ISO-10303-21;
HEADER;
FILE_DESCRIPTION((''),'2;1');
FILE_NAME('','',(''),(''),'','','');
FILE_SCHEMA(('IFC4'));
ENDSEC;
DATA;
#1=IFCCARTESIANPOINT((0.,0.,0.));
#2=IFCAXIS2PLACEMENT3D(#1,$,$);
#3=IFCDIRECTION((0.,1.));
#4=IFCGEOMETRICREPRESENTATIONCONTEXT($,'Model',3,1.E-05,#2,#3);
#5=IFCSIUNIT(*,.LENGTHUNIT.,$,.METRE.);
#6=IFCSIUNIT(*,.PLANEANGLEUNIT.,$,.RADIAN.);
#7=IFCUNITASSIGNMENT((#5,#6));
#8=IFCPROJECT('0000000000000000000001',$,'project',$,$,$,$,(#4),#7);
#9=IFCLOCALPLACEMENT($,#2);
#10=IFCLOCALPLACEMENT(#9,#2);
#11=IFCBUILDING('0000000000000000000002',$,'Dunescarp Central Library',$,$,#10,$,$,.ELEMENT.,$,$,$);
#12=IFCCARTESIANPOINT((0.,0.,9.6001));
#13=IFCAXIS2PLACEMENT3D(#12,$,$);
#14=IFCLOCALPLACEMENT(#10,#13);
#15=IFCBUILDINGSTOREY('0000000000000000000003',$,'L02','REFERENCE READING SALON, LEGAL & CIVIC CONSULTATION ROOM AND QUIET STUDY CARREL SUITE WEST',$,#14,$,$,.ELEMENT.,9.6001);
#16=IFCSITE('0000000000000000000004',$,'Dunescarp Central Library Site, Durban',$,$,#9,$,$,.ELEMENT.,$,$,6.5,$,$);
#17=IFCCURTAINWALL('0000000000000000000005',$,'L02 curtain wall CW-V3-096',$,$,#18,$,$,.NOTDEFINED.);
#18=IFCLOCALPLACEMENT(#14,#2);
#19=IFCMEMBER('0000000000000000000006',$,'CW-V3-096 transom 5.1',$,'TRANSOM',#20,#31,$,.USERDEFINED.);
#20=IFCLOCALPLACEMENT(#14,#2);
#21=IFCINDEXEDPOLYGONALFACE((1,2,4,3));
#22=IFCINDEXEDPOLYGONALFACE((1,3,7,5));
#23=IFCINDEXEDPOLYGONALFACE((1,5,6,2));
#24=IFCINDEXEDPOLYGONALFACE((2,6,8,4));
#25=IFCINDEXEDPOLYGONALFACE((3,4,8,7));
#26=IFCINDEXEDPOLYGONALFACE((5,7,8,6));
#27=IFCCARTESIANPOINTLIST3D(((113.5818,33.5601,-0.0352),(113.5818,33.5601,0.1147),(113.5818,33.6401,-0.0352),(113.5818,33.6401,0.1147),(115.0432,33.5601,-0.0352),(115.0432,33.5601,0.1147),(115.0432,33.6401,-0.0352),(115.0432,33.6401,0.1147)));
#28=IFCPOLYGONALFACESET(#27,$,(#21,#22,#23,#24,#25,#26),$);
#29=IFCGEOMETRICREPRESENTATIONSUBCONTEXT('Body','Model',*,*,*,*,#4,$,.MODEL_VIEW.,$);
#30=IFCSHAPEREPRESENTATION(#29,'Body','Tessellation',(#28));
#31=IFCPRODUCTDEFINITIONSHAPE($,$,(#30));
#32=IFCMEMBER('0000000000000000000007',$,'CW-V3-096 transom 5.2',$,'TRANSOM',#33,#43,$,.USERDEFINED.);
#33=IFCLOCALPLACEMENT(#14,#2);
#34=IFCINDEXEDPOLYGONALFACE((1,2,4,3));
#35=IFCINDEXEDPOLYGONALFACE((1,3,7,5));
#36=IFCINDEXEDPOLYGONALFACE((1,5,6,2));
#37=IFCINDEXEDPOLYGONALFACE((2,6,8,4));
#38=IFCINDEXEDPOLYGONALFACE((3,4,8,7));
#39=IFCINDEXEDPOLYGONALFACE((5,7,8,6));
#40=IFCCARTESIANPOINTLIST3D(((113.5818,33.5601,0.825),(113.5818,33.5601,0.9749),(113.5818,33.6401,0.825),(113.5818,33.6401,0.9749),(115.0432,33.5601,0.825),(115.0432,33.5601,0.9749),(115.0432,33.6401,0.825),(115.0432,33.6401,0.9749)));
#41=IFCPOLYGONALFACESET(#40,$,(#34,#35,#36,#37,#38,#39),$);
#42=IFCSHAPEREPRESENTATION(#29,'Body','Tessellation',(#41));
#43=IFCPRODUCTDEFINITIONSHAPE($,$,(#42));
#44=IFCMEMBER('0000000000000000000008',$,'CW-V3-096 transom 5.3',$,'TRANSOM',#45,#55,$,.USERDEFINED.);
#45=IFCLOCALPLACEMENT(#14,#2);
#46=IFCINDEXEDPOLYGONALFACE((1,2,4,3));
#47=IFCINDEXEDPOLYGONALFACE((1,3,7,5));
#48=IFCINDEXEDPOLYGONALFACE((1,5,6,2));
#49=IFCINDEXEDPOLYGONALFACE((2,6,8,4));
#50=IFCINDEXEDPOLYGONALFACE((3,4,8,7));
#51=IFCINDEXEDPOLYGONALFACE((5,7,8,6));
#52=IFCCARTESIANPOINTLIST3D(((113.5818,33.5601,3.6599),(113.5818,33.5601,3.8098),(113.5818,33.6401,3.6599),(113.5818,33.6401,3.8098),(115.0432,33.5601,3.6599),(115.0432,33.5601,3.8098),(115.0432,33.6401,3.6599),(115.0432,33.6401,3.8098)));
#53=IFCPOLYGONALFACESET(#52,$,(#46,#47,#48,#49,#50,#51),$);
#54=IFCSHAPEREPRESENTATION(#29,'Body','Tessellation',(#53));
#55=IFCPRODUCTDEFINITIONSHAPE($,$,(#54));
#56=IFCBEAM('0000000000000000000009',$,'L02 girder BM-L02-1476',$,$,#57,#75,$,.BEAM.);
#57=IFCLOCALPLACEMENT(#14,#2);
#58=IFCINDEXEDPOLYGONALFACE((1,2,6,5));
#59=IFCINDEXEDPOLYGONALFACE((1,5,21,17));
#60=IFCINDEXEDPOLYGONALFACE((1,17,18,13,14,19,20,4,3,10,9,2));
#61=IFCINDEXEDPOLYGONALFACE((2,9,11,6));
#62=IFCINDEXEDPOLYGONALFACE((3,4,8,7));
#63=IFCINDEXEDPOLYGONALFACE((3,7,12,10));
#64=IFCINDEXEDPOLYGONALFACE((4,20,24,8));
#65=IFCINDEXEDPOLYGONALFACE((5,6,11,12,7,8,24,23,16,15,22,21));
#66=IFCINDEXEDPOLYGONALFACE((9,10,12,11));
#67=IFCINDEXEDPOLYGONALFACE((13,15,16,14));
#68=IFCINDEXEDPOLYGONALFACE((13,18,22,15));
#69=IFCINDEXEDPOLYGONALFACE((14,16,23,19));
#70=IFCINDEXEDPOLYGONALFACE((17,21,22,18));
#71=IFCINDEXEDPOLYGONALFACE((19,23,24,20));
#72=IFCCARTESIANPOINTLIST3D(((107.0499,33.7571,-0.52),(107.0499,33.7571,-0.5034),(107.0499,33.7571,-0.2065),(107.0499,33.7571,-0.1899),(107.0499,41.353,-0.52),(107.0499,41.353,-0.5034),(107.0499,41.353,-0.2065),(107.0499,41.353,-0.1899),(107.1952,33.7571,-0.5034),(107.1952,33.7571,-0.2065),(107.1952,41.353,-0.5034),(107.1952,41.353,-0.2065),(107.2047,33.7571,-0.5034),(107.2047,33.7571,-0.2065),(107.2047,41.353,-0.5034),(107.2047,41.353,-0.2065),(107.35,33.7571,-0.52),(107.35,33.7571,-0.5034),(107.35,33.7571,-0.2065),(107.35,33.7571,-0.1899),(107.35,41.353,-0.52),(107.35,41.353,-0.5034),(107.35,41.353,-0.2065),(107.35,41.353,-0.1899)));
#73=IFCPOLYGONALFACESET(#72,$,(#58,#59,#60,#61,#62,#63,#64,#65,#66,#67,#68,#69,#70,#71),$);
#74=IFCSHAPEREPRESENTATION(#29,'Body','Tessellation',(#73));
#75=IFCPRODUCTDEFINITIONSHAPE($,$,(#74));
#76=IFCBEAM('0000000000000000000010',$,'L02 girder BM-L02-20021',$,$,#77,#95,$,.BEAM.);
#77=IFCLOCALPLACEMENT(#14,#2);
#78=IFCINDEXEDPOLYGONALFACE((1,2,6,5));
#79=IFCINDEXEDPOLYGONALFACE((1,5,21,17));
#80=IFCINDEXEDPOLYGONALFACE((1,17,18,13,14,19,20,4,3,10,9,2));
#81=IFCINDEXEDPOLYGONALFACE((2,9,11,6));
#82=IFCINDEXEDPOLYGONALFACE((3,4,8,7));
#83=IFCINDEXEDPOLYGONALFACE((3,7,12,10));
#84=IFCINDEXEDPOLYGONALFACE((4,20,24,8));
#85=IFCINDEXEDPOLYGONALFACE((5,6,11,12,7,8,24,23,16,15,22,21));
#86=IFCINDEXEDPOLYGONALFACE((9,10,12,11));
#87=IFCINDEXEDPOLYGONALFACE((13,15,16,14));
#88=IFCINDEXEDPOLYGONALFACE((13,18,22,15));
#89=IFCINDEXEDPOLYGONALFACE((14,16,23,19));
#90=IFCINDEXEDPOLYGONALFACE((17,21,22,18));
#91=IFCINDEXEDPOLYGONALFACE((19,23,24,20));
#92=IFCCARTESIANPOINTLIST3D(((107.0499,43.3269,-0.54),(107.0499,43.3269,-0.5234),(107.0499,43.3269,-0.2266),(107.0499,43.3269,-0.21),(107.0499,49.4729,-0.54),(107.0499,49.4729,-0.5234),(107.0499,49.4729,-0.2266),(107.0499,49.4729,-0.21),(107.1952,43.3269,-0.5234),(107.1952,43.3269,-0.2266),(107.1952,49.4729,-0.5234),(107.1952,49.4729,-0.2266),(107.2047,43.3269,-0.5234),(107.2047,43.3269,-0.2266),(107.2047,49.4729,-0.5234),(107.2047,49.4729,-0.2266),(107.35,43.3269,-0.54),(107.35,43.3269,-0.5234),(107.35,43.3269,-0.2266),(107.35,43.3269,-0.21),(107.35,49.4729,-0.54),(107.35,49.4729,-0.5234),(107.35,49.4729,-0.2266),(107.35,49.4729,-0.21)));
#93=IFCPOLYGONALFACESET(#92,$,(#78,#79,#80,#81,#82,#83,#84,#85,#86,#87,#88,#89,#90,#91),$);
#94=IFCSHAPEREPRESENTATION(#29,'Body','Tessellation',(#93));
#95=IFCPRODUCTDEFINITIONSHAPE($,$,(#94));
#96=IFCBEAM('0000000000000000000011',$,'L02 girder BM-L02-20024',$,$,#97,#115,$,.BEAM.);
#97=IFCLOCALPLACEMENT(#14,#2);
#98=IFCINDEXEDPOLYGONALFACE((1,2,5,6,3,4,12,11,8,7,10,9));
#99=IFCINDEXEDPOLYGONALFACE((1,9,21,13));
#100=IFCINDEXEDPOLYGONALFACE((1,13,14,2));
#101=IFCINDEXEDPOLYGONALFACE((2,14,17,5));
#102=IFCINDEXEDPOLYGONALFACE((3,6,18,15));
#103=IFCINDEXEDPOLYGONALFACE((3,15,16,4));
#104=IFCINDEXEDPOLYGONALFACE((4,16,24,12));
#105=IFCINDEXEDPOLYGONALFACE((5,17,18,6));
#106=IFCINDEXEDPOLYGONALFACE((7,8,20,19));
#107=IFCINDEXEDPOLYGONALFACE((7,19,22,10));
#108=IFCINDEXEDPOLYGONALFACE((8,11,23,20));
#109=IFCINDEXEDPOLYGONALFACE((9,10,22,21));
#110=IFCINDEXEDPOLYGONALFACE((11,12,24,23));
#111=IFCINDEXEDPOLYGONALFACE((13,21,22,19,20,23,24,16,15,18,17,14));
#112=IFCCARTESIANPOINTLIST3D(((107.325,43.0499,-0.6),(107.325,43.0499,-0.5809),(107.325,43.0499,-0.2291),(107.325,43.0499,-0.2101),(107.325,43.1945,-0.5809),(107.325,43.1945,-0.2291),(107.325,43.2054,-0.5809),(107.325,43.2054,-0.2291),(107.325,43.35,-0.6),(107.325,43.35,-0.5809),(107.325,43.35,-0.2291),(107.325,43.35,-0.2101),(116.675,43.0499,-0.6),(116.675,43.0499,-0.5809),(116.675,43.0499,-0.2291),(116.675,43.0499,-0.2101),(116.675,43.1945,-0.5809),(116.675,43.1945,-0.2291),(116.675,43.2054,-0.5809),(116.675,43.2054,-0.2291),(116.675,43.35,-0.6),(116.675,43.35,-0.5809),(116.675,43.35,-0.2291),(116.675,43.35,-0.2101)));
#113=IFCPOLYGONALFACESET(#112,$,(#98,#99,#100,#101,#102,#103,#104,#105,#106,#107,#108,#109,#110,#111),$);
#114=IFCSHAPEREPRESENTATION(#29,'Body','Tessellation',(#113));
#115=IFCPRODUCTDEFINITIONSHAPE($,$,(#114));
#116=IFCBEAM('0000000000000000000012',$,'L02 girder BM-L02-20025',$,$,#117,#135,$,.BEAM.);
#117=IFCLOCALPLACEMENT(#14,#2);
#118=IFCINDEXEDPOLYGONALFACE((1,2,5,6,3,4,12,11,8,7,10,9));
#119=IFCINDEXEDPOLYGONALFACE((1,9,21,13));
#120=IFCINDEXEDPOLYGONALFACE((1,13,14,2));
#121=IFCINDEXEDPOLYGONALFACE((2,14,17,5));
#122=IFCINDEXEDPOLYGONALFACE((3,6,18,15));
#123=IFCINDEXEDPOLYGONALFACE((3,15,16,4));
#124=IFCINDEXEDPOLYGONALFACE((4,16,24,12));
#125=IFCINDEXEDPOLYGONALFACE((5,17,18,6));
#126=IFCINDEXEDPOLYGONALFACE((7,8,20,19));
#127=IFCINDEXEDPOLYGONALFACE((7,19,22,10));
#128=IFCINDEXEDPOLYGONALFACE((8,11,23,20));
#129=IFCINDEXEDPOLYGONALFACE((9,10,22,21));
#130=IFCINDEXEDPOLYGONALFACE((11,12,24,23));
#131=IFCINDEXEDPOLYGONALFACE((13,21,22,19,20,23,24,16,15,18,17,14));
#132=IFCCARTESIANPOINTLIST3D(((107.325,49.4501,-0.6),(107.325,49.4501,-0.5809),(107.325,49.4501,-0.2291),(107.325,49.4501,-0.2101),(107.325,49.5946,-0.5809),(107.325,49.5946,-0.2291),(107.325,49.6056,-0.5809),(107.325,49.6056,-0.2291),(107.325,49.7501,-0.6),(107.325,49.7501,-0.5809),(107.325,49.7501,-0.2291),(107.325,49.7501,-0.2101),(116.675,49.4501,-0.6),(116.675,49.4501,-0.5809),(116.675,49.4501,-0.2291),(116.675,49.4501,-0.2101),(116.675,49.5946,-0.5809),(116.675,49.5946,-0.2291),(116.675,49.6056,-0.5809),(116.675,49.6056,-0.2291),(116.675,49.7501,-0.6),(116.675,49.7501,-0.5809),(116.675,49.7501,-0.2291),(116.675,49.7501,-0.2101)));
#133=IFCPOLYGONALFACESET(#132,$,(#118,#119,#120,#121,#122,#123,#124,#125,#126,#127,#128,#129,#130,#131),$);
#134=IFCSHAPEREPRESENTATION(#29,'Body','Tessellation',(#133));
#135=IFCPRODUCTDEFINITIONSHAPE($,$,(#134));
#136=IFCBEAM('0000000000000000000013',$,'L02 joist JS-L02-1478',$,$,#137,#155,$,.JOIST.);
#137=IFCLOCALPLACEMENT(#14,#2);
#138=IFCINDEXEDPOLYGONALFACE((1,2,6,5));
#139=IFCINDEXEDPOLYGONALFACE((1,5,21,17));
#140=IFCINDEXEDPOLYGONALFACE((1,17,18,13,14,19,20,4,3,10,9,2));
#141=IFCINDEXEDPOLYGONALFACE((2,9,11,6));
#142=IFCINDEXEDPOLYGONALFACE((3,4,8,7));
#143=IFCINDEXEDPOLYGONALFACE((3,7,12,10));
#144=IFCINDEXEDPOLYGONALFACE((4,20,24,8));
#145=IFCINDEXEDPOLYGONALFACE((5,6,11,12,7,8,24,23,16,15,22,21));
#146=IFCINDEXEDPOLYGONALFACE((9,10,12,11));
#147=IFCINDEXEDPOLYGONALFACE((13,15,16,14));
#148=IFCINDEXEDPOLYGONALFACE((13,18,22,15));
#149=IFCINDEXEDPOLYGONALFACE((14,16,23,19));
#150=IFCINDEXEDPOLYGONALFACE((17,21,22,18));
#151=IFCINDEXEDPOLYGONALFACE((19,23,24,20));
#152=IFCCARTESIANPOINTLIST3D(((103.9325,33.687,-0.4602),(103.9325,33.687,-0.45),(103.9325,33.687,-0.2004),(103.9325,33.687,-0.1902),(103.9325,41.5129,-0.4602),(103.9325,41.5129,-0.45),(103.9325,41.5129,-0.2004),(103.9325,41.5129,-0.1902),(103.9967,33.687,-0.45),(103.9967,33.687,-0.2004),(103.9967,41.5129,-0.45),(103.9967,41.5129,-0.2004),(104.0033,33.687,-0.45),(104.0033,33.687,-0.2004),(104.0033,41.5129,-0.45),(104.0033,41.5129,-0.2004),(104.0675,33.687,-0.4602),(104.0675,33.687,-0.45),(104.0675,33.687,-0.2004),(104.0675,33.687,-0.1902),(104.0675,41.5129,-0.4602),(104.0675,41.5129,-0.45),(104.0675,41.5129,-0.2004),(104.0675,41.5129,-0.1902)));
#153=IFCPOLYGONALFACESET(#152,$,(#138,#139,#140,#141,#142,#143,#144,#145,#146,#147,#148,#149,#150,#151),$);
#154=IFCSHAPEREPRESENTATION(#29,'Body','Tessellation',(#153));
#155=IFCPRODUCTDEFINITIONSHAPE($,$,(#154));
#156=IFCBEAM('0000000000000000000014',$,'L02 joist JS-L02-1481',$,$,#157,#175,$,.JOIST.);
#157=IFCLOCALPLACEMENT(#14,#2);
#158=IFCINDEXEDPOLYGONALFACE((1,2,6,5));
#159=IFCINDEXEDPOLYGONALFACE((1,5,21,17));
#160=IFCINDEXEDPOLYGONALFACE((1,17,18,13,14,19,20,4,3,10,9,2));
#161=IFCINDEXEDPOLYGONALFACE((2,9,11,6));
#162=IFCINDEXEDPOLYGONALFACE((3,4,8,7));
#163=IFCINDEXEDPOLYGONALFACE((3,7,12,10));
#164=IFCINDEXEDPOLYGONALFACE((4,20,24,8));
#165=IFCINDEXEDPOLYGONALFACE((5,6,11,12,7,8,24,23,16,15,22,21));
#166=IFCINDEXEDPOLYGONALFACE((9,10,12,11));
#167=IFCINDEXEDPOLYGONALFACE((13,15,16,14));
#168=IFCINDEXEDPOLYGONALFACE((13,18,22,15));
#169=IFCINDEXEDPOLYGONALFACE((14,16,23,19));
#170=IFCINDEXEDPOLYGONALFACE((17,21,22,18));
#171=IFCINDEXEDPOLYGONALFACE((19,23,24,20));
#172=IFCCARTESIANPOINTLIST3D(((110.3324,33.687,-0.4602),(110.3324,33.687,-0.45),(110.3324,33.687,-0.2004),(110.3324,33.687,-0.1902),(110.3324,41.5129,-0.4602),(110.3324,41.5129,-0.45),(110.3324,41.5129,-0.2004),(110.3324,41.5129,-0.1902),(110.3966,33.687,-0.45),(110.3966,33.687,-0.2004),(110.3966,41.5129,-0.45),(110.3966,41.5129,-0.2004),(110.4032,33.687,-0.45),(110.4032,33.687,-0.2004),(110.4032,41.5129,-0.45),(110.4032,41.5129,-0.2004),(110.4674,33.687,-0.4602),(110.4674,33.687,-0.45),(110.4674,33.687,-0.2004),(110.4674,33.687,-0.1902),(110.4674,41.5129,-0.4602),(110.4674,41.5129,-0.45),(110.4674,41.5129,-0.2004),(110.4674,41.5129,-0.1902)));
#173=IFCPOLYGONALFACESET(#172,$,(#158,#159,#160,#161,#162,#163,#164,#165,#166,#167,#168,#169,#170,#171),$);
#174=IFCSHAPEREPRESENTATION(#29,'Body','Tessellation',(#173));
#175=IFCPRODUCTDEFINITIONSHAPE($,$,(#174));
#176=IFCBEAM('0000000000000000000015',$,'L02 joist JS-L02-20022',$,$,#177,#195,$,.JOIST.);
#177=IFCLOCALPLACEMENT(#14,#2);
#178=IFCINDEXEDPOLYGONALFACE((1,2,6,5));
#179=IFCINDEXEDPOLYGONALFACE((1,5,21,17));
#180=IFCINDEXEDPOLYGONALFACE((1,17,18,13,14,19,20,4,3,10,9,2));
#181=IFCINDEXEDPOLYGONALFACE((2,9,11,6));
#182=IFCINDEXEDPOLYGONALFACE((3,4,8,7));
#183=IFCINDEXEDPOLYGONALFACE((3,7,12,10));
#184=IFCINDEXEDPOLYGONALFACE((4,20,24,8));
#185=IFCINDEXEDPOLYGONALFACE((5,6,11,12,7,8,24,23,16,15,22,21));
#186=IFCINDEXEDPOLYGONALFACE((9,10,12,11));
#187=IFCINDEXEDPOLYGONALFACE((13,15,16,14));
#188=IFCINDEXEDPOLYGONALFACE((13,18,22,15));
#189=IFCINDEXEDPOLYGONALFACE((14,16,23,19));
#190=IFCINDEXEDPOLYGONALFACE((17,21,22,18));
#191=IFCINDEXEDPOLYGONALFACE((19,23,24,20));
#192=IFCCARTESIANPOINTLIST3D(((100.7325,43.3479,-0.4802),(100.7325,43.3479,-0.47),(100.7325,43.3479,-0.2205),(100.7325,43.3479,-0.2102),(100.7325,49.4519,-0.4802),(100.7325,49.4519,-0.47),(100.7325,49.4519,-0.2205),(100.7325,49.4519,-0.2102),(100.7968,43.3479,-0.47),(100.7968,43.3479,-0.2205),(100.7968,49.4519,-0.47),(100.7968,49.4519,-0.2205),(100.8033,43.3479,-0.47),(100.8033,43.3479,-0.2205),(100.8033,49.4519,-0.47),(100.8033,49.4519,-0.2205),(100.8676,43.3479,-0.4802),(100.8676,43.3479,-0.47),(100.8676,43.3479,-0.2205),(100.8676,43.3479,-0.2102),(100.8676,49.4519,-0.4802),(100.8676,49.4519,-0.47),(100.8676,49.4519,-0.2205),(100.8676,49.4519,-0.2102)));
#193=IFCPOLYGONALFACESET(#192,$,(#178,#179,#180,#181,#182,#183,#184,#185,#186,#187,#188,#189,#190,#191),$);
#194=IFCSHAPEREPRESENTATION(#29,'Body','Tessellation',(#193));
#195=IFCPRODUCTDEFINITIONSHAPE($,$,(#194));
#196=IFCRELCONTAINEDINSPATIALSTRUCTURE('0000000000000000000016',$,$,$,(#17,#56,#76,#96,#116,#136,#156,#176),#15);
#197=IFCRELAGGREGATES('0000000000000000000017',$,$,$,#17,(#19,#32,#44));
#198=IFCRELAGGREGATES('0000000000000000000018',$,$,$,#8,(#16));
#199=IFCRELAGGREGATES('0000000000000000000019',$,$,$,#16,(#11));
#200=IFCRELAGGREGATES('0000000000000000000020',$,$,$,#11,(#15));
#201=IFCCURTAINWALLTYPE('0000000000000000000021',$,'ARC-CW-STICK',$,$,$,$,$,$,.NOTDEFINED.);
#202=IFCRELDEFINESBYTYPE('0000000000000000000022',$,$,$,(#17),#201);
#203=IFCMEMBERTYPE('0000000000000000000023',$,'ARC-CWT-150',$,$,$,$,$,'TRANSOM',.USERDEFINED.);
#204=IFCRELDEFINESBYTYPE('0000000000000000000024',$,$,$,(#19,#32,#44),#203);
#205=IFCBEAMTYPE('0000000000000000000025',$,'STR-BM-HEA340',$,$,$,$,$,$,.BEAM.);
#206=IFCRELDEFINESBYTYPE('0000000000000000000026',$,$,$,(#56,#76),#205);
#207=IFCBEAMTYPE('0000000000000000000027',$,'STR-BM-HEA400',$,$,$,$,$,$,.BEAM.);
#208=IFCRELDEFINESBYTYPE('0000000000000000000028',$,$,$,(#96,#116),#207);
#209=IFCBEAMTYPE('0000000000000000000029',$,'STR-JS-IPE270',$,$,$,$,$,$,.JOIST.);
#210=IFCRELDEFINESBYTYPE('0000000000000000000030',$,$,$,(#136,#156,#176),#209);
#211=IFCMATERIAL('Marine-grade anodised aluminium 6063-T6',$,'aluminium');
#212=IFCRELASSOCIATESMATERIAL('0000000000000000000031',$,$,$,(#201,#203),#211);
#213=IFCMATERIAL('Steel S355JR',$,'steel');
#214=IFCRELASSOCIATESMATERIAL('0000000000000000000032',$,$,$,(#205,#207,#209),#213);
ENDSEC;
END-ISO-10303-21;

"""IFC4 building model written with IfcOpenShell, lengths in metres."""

from ifc_helpers import new_model, si_unit, direction, frame, origin, origin_2d, place, context, subcontext, project, spatial, rectangle, i_section, extrude, material, material_profile, profile_set, type_object, element, aggregate, save


model = new_model("IFC4")

# Units and contexts
model_context = context("Model", 3, precision=1e-05, world=origin(), true_north=direction((0.0, 1.0)))
body_context = subcontext(model_context, "Body", "Model", "MODEL_VIEW")
ifc_project = project(units=[si_unit("LENGTHUNIT", "METRE"), si_unit("PLANEANGLEUNIT", "RADIAN")], contexts=[model_context])

# Site, building, storey
site_placement = place(None, origin())
site = spatial("IfcSite", under=ifc_project, at=site_placement, Name="Dunescarp Central Library Site, Durban", CompositionType="ELEMENT", RefElevation=6.5)
building_placement = place(site_placement, origin())
building = spatial("IfcBuilding", under=site, at=building_placement, Name="Dunescarp Central Library", CompositionType="ELEMENT")
storey_placement = place(building_placement, frame((0.0, 0.0, 9.6001)))
storey = spatial("IfcBuildingStorey", under=building, at=storey_placement, Name="L02", Description="REFERENCE READING SALON, LEGAL & CIVIC CONSULTATION ROOM AND QUIET STUDY CARREL SUITE WEST", CompositionType="ELEMENT", Elevation=9.6001)

# Curtain wall, members
ifc_material_1 = material(Name="Marine-grade anodised aluminium 6063-T6", Category="aluminium")
curtain_wall_type = type_object("IfcCurtainWallType", Name="ARC-CW-STICK", PredefinedType="NOTDEFINED", material=ifc_material_1)
curtain_wall_placement = place(storey_placement, origin())
curtain_wall = element("IfcCurtainWall", 1, at=curtain_wall_placement, inside=storey, type_object=curtain_wall_type, Name="L02 curtain wall CW-V3-096", PredefinedType="NOTDEFINED")
ifc_material_profile_1 = material_profile(ifc_material_1, rectangle(XDim=0.0801, YDim=0.1499, at=origin_2d()), Name="AL 80x150")
ifc_profile_set_1 = profile_set([ifc_material_profile_1], Name="Marine-grade anodised aluminium 6063-T6")
member_type = type_object("IfcMemberType", Name="ARC-CWT-150", ElementType="TRANSOM", PredefinedType="USERDEFINED", material=ifc_profile_set_1)
member_1_placement = place(storey_placement, frame((113.5818, 33.6001, 0.0398), z_axis=(1.0, 0.0, 0.0), x_axis=(0.0, 1.0, 0.0)))
member_1 = element("IfcMember", 2, at=member_1_placement, type_object=member_type, Name="CW-V3-096 transom 5.1", ObjectType="TRANSOM", PredefinedType="USERDEFINED", context=body_context, shape_type="SweptSolid", body=[
    extrude(rectangle(XDim=0.0801, YDim=0.1499, at=origin_2d()), origin(), (0.0, 0.0, 1.0), 1.4614),
])
member_2_placement = place(storey_placement, frame((113.5818, 33.6001, 0.8999), z_axis=(1.0, 0.0, 0.0), x_axis=(0.0, 1.0, 0.0)))
member_2 = element("IfcMember", 3, at=member_2_placement, type_object=member_type, Name="CW-V3-096 transom 5.2", ObjectType="TRANSOM", PredefinedType="USERDEFINED", context=body_context, shape_type="SweptSolid", body=[
    extrude(rectangle(XDim=0.0801, YDim=0.1499, at=origin_2d()), origin(), (0.0, 0.0, 1.0), 1.4614),
])
member_3_placement = place(storey_placement, frame((113.5818, 33.6001, 3.7349), z_axis=(1.0, 0.0, 0.0), x_axis=(0.0, 1.0, 0.0)))
member_3 = element("IfcMember", 4, at=member_3_placement, type_object=member_type, Name="CW-V3-096 transom 5.3", ObjectType="TRANSOM", PredefinedType="USERDEFINED", context=body_context, shape_type="SweptSolid", body=[
    extrude(rectangle(XDim=0.0801, YDim=0.1499, at=origin_2d()), origin(), (0.0, 0.0, 1.0), 1.4614),
])
aggregate(curtain_wall, [member_1, member_2, member_3])

# Beams
ifc_material_2 = material(Name="Steel S355JR", Category="steel")
ifc_material_profile_2 = material_profile(ifc_material_2, i_section(OverallWidth=0.3, OverallDepth=0.3301, WebThickness=0.0095, FlangeThickness=0.0166, at=origin_2d()), Name="HEA 340")
ifc_profile_set_2 = profile_set([ifc_material_profile_2], Name="Steel S355JR")
beam_type_1 = type_object("IfcBeamType", Name="STR-BM-HEA340", PredefinedType="BEAM", material=ifc_profile_set_2)
beam_1_placement = place(storey_placement, frame((107.2, 33.7571, -0.355), z_axis=(0.0, 1.0, 0.0), x_axis=(-1.0, 0.0, 0.0)))
element("IfcBeam", 5, at=beam_1_placement, inside=storey, type_object=beam_type_1, Name="L02 girder BM-L02-1476", PredefinedType="BEAM", context=body_context, shape_type="SweptSolid", body=[
    extrude(i_section(OverallWidth=0.3, OverallDepth=0.3301, WebThickness=0.0095, FlangeThickness=0.0166, at=origin_2d()), origin(), (0.0, 0.0, 1.0), 7.5959),
])
beam_2_placement = place(storey_placement, frame((107.2, 43.3269, -0.375), z_axis=(0.0, 1.0, 0.0), x_axis=(-1.0, 0.0, 0.0)))
element("IfcBeam", 6, at=beam_2_placement, inside=storey, type_object=beam_type_1, Name="L02 girder BM-L02-20021", PredefinedType="BEAM", context=body_context, shape_type="SweptSolid", body=[
    extrude(i_section(OverallWidth=0.3, OverallDepth=0.3301, WebThickness=0.0095, FlangeThickness=0.0166, at=origin_2d()), origin(), (0.0, 0.0, 1.0), 6.146),
])
ifc_material_profile_3 = material_profile(ifc_material_2, i_section(OverallWidth=0.3, OverallDepth=0.3899, WebThickness=0.011, FlangeThickness=0.019, at=origin_2d()), Name="HEA 400")
ifc_profile_set_3 = profile_set([ifc_material_profile_3], Name="Steel S355JR")
beam_type_2 = type_object("IfcBeamType", Name="STR-BM-HEA400", PredefinedType="BEAM", material=ifc_profile_set_3)
for number, where, z_axis, x_axis, name in (
    (7, (107.325, 43.2, -0.405), (1.0, 0.0, 0.0), (0.0, 1.0, 0.0), "L02 girder BM-L02-20024"),
    (8, (107.325, 49.6001, -0.405), (1.0, 0.0, 0.0), (0.0, 1.0, 0.0), "L02 girder BM-L02-20025"),
):
    element("IfcBeam", number, at=place(storey_placement, frame(where, z_axis=z_axis, x_axis=x_axis)), inside=storey, type_object=beam_type_2, Name=name, PredefinedType="BEAM", context=body_context, shape_type="SweptSolid", body=[
        extrude(i_section(OverallWidth=0.3, OverallDepth=0.3899, WebThickness=0.011, FlangeThickness=0.019, at=origin_2d()), origin(), (0.0, 0.0, 1.0), 9.3501),
    ])
ifc_material_profile_4 = material_profile(ifc_material_2, i_section(OverallWidth=0.135, OverallDepth=0.27, WebThickness=0.0066, FlangeThickness=0.0103, at=origin_2d()), Name="IPE 270")
ifc_profile_set_4 = profile_set([ifc_material_profile_4], Name="Steel S355JR")
beam_type_3 = type_object("IfcBeamType", Name="STR-JS-IPE270", PredefinedType="JOIST", material=ifc_profile_set_4)
for number, where, z_axis, x_axis, name in (
    (9, (104.0, 33.687, -0.3252), (0.0, 1.0, 0.0), (-1.0, 0.0, 0.0), "L02 joist JS-L02-1478"),
    (10, (110.3999, 33.687, -0.3252), (0.0, 1.0, 0.0), (-1.0, 0.0, 0.0), "L02 joist JS-L02-1481"),
):
    element("IfcBeam", number, at=place(storey_placement, frame(where, z_axis=z_axis, x_axis=x_axis)), inside=storey, type_object=beam_type_3, Name=name, PredefinedType="JOIST", context=body_context, shape_type="SweptSolid", body=[
        extrude(i_section(OverallWidth=0.135, OverallDepth=0.27, WebThickness=0.0066, FlangeThickness=0.0103, at=origin_2d()), origin(), (0.0, 0.0, 1.0), 7.8259),
    ])
for number, where, z_axis, x_axis, name in (
    (11, (100.8, 43.3479, -0.3452), (0.0, 1.0, 0.0), (-1.0, 0.0, 0.0), "L02 joist JS-L02-20022"),
):
    element("IfcBeam", number, at=place(storey_placement, frame(where, z_axis=z_axis, x_axis=x_axis)), inside=storey, type_object=beam_type_3, Name=name, PredefinedType="JOIST", context=body_context, shape_type="SweptSolid", body=[
        extrude(i_section(OverallWidth=0.135, OverallDepth=0.27, WebThickness=0.0066, FlangeThickness=0.0103, at=origin_2d()), origin(), (0.0, 0.0, 1.0), 6.104),
    ])

save(model, "model.ifc")
